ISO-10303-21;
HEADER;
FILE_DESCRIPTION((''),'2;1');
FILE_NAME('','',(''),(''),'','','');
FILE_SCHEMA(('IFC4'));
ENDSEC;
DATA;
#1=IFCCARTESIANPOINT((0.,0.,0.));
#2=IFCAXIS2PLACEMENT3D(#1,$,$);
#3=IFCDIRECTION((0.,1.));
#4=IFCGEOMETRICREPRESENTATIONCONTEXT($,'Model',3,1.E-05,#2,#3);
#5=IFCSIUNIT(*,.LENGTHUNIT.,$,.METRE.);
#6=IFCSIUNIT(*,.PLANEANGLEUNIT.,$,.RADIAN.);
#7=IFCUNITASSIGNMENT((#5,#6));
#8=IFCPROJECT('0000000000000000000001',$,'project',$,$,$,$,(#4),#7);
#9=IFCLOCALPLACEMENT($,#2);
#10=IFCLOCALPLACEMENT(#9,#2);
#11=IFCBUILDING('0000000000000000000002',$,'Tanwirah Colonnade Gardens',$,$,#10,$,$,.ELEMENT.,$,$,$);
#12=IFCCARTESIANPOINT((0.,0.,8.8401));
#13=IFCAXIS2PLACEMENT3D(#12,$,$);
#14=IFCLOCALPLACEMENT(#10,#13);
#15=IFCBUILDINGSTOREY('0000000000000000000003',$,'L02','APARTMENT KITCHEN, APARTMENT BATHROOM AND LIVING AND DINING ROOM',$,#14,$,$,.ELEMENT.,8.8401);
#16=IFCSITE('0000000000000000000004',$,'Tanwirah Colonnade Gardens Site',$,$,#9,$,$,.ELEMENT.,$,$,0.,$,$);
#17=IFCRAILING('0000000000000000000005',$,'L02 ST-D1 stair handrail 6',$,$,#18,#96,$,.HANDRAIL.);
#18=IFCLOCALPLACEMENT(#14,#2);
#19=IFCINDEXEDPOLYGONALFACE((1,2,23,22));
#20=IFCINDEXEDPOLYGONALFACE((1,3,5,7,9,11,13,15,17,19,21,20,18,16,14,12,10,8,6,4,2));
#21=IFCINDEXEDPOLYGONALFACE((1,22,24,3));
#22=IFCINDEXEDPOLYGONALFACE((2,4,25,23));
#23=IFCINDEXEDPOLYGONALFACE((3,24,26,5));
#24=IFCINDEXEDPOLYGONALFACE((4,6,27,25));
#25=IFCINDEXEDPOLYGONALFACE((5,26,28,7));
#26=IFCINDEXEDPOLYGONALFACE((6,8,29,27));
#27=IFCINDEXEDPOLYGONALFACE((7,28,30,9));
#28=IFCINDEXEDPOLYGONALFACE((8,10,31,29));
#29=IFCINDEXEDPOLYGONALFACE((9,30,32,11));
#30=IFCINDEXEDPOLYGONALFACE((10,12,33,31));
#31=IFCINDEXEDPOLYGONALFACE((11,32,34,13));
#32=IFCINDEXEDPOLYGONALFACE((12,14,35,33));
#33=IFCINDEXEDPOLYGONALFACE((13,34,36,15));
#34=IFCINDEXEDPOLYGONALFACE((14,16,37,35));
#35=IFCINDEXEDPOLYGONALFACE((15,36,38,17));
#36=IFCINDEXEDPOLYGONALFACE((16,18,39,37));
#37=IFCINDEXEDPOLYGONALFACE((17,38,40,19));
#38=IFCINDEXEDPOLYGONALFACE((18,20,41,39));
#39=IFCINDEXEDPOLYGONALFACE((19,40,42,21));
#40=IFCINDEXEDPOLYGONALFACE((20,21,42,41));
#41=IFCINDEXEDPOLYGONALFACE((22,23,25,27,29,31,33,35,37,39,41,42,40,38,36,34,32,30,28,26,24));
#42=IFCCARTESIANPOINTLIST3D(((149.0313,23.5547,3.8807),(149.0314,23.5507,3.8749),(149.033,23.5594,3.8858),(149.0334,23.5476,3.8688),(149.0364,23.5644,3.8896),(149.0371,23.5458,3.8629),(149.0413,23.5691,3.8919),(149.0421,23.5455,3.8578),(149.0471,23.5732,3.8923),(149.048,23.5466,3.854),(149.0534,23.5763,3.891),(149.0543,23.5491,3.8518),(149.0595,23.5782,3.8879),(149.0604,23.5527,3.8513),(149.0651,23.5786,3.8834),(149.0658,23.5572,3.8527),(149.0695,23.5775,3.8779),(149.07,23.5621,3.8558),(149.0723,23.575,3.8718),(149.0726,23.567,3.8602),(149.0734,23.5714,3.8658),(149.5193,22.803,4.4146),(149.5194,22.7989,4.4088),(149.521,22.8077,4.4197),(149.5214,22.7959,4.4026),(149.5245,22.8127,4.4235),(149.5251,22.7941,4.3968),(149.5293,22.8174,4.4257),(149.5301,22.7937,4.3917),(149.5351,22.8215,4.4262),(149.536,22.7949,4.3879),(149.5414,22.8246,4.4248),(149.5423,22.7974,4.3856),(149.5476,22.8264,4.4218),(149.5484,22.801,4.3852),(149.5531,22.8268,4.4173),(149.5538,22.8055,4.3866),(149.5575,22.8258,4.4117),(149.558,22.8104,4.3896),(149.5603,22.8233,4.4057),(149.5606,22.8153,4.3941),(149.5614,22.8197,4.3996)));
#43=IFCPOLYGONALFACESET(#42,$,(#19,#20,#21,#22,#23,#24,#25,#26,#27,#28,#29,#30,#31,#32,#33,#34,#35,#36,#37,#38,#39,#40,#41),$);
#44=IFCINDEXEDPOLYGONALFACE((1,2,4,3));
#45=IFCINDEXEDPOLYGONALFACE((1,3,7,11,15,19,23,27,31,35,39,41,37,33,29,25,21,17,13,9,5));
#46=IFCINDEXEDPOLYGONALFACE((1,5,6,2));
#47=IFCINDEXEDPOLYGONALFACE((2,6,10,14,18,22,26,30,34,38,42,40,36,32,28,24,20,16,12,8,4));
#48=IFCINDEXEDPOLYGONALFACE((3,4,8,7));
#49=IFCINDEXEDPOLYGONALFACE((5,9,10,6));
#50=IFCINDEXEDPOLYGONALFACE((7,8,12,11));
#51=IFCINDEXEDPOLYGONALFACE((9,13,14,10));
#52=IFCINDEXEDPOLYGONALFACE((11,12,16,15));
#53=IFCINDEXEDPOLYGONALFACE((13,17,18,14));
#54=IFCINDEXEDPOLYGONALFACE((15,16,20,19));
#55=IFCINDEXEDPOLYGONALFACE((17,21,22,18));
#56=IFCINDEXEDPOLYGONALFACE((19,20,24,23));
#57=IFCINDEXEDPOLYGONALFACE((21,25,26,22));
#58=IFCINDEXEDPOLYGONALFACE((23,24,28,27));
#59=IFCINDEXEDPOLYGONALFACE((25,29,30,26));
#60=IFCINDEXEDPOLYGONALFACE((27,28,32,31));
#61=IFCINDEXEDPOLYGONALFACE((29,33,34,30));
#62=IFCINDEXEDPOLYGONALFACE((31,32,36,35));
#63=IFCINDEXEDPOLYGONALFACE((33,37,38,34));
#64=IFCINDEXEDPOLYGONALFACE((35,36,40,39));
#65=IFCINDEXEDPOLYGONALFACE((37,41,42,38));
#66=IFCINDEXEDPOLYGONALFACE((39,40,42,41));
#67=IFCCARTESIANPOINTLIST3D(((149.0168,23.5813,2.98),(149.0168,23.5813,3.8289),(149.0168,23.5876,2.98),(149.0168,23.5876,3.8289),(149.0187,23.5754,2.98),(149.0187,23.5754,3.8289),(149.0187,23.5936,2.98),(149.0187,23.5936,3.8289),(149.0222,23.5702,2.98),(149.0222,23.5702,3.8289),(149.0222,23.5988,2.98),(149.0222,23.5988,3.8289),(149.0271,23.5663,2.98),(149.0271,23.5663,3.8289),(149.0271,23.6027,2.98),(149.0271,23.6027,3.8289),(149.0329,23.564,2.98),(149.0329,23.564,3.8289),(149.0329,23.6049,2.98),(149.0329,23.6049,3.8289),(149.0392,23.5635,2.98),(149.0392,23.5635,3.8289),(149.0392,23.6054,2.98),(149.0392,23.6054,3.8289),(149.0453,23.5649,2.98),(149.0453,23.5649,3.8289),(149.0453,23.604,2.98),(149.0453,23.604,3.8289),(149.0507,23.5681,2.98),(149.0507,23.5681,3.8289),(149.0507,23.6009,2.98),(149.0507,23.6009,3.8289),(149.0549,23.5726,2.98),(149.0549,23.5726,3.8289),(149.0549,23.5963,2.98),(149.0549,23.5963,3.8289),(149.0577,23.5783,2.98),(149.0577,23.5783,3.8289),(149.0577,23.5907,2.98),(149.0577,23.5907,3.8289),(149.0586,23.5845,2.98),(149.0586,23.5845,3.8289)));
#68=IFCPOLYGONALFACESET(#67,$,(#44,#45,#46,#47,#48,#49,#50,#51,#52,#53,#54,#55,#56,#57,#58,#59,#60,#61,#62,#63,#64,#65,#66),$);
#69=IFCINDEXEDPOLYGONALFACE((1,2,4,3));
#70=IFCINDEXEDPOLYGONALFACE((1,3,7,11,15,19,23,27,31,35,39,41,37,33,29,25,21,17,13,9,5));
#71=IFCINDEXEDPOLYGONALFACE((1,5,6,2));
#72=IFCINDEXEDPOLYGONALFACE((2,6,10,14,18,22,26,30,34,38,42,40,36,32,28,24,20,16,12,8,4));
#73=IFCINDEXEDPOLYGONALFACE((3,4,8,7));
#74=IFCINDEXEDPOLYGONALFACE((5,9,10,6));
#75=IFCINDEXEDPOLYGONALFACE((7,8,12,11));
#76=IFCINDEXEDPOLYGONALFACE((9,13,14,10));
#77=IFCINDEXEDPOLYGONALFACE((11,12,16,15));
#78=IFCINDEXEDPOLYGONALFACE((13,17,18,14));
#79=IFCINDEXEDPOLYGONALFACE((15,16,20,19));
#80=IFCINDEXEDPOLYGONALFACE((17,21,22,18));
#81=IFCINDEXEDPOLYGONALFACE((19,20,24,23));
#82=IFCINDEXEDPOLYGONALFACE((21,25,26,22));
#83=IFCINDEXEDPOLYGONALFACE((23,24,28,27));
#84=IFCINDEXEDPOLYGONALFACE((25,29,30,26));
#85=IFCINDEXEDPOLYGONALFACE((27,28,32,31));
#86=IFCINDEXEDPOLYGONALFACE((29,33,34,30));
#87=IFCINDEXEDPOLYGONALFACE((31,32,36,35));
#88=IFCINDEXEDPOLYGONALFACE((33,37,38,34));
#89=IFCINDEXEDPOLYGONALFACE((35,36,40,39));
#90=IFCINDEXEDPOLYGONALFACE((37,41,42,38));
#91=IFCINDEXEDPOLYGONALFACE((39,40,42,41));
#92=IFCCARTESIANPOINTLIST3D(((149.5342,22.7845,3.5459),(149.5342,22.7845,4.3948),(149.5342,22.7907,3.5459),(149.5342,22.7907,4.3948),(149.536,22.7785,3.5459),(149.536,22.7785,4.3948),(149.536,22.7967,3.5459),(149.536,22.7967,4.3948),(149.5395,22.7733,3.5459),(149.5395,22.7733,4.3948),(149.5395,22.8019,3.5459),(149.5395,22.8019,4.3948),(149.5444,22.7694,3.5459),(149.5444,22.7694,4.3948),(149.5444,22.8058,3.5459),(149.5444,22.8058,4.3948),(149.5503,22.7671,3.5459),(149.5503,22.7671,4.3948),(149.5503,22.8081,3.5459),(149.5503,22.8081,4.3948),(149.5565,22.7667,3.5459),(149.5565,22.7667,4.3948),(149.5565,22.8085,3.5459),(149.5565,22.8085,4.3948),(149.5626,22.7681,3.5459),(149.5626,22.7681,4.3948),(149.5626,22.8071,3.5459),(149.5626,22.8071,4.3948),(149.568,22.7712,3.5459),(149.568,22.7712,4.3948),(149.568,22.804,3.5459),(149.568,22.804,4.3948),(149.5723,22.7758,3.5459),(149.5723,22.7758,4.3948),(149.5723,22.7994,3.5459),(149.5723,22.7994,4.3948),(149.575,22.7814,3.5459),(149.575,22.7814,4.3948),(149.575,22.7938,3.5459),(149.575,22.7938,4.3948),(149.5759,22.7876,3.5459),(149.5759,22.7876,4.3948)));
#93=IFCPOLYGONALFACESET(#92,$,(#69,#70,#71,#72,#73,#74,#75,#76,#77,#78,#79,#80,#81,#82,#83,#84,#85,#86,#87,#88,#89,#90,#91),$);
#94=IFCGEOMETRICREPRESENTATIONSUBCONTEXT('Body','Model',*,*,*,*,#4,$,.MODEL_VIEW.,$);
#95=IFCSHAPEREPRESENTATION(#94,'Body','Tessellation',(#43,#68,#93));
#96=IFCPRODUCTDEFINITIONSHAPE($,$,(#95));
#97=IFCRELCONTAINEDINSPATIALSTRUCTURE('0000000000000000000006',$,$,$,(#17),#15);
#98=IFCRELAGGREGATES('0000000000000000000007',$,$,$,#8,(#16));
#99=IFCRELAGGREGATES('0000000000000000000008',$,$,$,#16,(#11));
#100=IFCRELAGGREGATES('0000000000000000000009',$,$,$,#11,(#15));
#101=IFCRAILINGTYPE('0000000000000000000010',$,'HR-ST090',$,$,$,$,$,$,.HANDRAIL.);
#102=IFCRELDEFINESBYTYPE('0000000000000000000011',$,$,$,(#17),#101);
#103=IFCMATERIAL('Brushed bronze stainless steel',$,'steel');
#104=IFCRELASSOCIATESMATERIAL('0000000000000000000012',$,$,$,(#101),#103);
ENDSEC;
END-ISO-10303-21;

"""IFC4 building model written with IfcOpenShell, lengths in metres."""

from ifc_helpers import new_model, si_unit, direction, frame, origin, origin_2d, place, context, subcontext, project, spatial, circle, extrude, material, type_object, element, save


model = new_model("IFC4")

# Units and contexts
model_context = context("Model", 3, precision=1e-05, world=origin(), true_north=direction((0.0, 1.0)))
body_context = subcontext(model_context, "Body", "Model", "MODEL_VIEW")
ifc_project = project(units=[si_unit("LENGTHUNIT", "METRE"), si_unit("PLANEANGLEUNIT", "RADIAN")], contexts=[model_context])

# Site, building, storey
site_placement = place(None, origin())
site = spatial("IfcSite", under=ifc_project, at=site_placement, Name="Tanwirah Colonnade Gardens Site", CompositionType="ELEMENT", RefElevation=0.0)
building_placement = place(site_placement, origin())
building = spatial("IfcBuilding", under=site, at=building_placement, Name="Tanwirah Colonnade Gardens", CompositionType="ELEMENT")
storey_placement = place(building_placement, frame((0.0, 0.0, 8.8401)))
storey = spatial("IfcBuildingStorey", under=building, at=storey_placement, Name="L02", Description="APARTMENT KITCHEN, APARTMENT BATHROOM AND LIVING AND DINING ROOM", CompositionType="ELEMENT", Elevation=8.8401)

# Railing
ifc_material_1 = material(Name="Brushed bronze stainless steel", Category="steel")
railing_type_1 = type_object("IfcRailingType", Name="HR-ST090", PredefinedType="HANDRAIL", material=ifc_material_1)
railing_1_placement = place(storey_placement, frame((149.0376, 23.5845, 2.98)))
element("IfcRailing", 1, at=railing_1_placement, inside=storey, type_object=railing_type_1, Name="L02 ST-D1 stair handrail 6", PredefinedType="HANDRAIL", context=body_context, shape_type="SweptSolid", body=[
    extrude(circle(Radius=0.0239, at=origin_2d()), frame((0.0146, -0.0225, 0.8918), z_axis=(0.467815, -0.720599, 0.511749), x_axis=(0.838749, 0.544519, 0.0)), (0.0, 0.0, 1.0), 1.0432),
    extrude(circle(Radius=0.021, at=origin_2d()), origin(), (0.0, 0.0, 1.0), 0.8489),
    extrude(circle(Radius=0.021, at=origin_2d()), frame((0.5173, -0.7969, 0.5659)), (0.0, 0.0, 1.0), 0.8489),
])

save(model, "model.ifc")
